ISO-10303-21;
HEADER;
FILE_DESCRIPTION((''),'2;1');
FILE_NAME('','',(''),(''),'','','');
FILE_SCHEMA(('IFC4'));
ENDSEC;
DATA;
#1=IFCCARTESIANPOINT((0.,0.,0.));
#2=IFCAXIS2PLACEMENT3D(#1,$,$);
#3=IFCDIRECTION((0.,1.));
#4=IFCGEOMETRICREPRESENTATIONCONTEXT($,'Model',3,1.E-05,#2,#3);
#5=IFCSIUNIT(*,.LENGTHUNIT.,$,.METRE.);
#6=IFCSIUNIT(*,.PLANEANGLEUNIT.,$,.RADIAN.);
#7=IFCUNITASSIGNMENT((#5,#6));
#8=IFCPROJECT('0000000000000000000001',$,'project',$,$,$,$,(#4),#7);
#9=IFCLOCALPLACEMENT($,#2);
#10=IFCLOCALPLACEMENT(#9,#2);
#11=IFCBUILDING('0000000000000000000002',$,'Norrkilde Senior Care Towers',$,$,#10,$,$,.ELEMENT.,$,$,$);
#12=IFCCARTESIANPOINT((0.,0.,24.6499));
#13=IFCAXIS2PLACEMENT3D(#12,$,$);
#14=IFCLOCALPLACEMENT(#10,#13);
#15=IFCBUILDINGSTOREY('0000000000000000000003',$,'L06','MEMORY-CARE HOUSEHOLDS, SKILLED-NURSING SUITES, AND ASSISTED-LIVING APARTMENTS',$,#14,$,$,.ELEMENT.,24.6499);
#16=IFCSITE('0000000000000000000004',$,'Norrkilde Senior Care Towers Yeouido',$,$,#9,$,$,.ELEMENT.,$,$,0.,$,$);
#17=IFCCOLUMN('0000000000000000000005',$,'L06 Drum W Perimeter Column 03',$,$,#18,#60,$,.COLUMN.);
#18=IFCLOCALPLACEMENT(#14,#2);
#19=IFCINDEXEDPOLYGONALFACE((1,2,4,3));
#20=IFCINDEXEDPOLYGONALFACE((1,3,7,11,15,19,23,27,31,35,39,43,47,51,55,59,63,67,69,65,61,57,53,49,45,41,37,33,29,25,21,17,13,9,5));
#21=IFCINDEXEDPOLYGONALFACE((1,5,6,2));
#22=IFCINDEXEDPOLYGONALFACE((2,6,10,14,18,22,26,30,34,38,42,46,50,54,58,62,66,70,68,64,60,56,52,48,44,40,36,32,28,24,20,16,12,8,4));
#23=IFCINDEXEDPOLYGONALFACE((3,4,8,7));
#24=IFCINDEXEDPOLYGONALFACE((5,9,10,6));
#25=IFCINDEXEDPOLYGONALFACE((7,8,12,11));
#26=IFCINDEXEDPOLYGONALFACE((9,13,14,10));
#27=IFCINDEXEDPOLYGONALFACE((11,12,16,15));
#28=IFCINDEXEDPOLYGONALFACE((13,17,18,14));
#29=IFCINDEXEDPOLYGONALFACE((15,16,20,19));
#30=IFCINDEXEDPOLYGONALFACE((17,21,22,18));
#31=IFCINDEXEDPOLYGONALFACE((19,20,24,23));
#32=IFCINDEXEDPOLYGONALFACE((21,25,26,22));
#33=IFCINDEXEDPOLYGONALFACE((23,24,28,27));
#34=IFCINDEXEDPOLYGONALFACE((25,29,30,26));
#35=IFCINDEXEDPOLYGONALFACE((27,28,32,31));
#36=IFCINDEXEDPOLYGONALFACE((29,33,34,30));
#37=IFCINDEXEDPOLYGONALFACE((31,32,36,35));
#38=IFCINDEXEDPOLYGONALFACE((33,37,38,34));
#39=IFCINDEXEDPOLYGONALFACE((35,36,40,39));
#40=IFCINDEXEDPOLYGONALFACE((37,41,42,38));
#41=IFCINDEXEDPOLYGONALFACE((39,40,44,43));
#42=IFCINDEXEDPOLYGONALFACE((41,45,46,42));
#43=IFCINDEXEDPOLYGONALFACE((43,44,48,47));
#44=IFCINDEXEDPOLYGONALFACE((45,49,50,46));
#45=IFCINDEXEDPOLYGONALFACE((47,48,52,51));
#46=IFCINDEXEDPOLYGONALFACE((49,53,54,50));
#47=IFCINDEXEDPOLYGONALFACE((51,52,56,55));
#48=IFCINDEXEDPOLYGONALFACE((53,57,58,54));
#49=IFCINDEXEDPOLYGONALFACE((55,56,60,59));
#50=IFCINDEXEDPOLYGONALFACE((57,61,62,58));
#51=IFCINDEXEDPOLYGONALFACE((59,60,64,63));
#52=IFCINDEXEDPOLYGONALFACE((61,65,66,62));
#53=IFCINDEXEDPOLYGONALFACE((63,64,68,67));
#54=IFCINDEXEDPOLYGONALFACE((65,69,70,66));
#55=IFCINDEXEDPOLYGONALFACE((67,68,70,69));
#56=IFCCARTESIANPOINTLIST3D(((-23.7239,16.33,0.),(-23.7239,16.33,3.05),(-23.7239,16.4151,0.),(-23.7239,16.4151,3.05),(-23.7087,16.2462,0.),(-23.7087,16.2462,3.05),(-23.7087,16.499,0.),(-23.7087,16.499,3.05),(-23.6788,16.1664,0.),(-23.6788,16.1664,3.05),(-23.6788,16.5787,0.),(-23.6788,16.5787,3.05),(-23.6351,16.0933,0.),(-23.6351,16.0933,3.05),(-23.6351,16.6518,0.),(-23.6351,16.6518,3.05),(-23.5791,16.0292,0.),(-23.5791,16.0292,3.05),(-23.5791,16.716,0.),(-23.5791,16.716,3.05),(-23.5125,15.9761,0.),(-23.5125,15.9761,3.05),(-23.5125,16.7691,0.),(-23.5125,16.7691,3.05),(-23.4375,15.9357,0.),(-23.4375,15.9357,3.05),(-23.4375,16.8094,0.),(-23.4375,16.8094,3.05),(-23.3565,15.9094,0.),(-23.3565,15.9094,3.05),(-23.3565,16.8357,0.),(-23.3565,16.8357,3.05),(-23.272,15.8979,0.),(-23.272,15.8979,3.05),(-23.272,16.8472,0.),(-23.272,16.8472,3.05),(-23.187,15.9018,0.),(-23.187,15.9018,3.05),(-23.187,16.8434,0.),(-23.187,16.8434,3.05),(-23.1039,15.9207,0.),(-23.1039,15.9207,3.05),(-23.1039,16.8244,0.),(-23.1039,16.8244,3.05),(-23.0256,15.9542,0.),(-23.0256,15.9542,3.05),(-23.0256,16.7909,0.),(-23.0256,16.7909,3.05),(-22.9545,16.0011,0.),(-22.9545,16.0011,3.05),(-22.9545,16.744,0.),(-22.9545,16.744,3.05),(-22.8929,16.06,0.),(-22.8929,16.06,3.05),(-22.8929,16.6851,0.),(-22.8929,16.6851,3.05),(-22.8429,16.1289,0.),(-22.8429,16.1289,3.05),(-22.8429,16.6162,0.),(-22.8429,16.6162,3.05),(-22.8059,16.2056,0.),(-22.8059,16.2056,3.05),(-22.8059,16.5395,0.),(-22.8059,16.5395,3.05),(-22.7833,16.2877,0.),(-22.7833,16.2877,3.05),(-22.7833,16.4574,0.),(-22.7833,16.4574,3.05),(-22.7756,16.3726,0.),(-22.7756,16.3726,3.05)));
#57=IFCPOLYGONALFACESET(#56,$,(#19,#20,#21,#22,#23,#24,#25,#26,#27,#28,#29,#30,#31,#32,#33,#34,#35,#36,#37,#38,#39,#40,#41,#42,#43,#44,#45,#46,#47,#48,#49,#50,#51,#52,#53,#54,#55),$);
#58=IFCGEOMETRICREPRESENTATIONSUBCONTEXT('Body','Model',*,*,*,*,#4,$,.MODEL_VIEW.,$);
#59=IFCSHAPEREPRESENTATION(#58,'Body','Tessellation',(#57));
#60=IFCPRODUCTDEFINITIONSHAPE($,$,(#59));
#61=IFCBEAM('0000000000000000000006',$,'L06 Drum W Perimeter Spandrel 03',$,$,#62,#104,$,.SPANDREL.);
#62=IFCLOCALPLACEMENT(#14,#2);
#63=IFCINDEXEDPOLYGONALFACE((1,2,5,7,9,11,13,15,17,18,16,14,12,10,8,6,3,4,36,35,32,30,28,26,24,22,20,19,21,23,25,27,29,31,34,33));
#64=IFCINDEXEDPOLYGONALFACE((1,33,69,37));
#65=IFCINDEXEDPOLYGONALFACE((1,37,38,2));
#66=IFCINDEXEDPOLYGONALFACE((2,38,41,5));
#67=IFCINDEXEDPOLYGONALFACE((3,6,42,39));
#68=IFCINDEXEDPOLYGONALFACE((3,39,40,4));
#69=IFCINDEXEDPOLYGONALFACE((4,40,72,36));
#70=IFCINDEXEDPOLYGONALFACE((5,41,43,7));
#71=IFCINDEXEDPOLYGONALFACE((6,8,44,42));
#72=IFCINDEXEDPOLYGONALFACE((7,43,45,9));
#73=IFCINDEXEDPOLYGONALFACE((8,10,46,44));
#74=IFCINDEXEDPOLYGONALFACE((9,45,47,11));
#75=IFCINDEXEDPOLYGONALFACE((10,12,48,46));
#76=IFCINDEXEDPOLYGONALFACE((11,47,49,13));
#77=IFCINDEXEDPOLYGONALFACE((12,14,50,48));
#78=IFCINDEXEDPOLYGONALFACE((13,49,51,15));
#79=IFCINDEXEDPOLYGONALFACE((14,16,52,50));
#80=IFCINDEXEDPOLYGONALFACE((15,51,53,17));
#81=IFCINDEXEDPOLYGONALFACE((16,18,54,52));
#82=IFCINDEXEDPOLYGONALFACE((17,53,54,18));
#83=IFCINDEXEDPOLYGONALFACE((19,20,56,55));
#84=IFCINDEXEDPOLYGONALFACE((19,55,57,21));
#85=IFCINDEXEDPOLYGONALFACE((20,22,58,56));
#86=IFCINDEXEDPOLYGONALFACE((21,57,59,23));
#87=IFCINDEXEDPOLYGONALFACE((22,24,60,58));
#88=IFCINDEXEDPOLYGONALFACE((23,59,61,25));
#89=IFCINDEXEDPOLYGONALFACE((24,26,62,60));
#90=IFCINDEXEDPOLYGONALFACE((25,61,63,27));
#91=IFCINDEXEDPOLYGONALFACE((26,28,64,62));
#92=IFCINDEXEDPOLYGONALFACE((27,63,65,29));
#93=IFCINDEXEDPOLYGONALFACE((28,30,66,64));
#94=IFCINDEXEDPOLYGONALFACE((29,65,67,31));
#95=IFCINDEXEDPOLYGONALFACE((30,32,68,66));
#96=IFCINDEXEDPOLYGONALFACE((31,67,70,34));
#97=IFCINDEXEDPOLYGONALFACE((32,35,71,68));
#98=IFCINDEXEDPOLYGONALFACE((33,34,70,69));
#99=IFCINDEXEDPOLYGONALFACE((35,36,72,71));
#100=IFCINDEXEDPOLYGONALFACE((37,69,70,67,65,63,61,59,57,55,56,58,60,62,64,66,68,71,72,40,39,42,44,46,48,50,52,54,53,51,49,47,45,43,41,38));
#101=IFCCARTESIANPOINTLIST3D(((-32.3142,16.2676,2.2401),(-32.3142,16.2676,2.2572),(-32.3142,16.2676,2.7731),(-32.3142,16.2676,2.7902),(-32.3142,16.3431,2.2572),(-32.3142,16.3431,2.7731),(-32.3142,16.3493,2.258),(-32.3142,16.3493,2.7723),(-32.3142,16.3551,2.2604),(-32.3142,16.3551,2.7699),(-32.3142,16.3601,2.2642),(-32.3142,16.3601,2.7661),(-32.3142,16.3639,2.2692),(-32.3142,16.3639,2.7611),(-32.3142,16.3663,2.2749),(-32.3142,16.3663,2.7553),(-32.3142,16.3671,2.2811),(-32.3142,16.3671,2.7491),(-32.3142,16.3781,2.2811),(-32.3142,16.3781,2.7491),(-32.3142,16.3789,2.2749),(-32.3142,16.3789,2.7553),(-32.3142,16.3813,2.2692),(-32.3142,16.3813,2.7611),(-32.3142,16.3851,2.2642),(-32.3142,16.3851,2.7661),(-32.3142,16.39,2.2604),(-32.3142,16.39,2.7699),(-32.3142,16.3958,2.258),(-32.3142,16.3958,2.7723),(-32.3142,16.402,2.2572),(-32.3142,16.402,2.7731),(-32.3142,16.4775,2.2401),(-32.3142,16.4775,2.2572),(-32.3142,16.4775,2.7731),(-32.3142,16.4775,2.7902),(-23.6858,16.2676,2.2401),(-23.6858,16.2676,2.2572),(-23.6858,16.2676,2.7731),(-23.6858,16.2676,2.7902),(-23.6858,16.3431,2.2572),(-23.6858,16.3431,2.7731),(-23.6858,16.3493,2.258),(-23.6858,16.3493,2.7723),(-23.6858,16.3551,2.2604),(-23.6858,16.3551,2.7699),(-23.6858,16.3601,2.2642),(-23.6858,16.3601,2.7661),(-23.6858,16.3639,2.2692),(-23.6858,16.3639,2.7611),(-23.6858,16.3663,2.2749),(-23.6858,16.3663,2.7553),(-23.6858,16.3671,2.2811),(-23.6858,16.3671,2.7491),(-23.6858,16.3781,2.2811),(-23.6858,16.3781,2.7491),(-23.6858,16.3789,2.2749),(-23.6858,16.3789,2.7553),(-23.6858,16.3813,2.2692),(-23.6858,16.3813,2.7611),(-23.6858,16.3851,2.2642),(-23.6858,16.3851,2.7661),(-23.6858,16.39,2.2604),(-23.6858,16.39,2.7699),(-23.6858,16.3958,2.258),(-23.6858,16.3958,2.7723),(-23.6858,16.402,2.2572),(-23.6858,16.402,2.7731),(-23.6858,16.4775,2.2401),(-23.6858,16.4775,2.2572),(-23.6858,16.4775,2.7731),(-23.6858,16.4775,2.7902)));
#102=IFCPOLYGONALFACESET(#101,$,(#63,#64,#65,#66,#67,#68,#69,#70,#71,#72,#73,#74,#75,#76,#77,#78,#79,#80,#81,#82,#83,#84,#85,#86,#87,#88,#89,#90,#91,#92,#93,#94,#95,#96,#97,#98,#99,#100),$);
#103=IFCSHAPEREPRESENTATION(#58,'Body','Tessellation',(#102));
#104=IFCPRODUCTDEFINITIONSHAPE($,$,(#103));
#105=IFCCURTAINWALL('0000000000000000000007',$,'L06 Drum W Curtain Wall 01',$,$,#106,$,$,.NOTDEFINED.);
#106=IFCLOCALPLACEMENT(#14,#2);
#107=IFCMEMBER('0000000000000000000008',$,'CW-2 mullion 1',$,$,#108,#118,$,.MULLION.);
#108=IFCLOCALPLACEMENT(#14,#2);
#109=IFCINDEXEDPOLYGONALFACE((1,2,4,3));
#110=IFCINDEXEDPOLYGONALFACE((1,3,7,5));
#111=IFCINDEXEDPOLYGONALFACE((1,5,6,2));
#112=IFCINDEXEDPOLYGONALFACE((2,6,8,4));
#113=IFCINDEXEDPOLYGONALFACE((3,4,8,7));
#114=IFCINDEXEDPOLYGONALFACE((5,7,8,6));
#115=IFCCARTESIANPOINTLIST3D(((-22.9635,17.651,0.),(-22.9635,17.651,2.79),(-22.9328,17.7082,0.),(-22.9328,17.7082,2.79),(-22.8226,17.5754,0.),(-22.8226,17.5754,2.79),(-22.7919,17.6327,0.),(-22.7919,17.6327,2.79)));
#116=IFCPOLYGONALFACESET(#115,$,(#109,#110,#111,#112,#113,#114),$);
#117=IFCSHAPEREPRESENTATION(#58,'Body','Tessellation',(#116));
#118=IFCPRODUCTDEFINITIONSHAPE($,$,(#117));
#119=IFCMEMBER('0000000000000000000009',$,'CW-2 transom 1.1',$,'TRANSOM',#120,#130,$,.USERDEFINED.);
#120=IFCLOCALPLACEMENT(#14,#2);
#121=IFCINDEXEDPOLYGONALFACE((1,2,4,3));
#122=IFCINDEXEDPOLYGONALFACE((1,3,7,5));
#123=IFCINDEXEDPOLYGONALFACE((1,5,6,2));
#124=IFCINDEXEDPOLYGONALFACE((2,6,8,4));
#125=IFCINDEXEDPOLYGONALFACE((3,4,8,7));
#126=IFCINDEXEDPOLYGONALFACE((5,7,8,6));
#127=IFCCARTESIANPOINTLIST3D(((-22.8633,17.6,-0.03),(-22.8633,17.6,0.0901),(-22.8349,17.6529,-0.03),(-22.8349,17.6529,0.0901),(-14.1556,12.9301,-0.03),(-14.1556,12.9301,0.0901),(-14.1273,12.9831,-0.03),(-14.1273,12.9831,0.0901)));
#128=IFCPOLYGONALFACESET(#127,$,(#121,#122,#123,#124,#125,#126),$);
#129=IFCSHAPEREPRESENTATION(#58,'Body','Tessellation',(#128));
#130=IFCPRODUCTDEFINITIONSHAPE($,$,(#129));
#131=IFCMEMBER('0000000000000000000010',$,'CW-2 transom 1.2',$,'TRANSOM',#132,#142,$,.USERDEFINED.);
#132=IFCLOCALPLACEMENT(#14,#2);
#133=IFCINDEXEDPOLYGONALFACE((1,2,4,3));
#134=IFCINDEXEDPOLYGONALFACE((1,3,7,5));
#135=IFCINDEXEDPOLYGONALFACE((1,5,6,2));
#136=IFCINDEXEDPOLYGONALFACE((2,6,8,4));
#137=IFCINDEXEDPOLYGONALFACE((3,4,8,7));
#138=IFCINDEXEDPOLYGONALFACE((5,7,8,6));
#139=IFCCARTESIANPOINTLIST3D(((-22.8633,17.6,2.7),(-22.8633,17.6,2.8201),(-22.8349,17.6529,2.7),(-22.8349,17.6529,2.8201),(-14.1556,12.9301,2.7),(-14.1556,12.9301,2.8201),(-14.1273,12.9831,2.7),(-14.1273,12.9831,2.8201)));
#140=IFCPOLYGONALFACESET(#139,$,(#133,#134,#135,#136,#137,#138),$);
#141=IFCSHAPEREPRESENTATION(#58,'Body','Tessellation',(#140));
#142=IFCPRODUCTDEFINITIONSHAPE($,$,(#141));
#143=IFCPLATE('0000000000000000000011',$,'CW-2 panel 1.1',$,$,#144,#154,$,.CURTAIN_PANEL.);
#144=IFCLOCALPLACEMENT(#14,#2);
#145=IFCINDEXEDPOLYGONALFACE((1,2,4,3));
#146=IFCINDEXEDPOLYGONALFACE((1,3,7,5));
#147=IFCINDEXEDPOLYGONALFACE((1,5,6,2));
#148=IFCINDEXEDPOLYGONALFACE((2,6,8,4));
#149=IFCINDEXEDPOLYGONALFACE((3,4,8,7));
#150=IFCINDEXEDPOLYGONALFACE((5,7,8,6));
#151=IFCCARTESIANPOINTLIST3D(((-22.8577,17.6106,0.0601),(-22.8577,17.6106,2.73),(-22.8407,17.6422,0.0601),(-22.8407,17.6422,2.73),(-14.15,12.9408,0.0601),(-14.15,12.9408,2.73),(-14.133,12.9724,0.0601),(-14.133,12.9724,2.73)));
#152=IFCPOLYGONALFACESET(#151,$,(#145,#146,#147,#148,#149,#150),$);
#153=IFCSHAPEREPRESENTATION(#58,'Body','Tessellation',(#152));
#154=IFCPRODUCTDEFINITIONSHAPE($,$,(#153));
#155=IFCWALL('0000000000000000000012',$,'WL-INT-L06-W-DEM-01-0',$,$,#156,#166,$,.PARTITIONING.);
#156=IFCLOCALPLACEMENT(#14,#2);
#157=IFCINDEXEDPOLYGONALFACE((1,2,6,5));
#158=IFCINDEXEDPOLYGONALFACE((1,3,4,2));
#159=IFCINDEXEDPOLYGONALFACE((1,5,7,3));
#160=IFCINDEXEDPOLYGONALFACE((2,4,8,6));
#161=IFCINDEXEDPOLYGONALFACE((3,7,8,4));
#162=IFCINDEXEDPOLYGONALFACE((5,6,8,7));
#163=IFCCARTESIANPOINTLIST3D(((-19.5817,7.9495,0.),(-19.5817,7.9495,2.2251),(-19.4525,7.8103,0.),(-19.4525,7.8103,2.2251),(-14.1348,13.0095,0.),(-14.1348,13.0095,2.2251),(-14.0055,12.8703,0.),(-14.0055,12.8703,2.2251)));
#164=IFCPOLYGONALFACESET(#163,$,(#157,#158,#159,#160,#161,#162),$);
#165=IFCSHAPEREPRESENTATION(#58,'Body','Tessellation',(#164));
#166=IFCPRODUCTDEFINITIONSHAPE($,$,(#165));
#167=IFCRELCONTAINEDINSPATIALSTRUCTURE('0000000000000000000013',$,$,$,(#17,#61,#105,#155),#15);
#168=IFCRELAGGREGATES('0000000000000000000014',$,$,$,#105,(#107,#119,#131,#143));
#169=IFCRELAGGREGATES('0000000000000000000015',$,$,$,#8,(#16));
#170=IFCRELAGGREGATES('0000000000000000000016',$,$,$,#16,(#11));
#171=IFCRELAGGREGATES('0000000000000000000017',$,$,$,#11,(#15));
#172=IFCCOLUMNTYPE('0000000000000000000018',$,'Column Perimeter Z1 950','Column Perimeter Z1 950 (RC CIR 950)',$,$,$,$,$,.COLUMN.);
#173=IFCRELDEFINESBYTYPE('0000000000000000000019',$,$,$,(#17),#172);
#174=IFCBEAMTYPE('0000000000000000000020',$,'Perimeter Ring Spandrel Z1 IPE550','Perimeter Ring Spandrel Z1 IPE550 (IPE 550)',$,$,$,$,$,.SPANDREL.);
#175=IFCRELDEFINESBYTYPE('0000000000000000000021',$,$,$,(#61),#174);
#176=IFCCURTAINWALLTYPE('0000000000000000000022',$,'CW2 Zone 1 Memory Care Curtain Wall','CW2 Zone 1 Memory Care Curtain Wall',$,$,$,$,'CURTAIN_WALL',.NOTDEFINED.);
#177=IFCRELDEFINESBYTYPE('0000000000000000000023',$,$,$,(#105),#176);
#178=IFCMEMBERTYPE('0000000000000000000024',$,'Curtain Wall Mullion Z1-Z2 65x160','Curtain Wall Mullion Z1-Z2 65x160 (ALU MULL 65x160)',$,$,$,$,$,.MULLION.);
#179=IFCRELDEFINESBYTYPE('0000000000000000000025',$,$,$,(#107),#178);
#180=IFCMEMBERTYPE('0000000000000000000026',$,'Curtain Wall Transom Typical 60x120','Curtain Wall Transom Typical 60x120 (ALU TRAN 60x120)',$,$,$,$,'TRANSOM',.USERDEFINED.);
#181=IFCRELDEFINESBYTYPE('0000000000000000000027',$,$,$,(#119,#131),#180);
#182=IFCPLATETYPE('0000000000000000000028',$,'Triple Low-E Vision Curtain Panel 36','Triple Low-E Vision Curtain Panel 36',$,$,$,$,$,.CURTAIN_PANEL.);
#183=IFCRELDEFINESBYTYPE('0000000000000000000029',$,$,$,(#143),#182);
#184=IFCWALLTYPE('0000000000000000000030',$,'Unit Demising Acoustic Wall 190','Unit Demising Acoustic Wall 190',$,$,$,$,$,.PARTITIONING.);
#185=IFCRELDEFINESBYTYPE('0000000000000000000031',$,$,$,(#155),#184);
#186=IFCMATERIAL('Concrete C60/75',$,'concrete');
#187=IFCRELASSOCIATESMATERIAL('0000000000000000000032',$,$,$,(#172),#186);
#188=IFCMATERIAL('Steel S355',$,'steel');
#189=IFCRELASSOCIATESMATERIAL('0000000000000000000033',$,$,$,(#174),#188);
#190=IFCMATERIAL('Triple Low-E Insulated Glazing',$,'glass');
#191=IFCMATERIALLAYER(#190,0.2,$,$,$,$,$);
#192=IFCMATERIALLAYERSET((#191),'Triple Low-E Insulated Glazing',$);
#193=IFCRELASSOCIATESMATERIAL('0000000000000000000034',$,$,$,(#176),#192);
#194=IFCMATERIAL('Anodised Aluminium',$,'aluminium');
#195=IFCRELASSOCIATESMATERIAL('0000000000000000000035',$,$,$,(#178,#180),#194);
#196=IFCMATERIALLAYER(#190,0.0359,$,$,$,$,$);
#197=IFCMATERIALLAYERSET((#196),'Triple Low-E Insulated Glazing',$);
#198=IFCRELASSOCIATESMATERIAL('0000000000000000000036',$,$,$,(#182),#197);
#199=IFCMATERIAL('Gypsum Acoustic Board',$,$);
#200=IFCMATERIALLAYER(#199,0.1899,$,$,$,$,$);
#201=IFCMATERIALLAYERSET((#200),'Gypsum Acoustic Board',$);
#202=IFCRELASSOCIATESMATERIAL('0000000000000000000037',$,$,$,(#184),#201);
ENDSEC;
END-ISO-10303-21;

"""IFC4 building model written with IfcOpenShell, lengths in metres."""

from ifc_helpers import new_model, si_unit, direction, frame, frame_2d, origin, origin_2d, place, context, subcontext, project, spatial, rectangle, circle, i_section, extrude, source, transform, mapped, material, layer, layer_set, material_profile, profile_set, type_object, type_shapes, element, aggregate, save


model = new_model("IFC4")

# Units and contexts
model_context = context("Model", 3, precision=1e-05, world=origin(), true_north=direction((0.0, 1.0)))
body_context = subcontext(model_context, "Body", "Model", "MODEL_VIEW")
ifc_project = project(units=[si_unit("LENGTHUNIT", "METRE"), si_unit("PLANEANGLEUNIT", "RADIAN")], contexts=[model_context])

# Site, building, storey
site_placement = place(None, origin())
site = spatial("IfcSite", under=ifc_project, at=site_placement, Name="Norrkilde Senior Care Towers Yeouido", CompositionType="ELEMENT", RefElevation=0.0)
building_placement = place(site_placement, origin())
building = spatial("IfcBuilding", under=site, at=building_placement, Name="Norrkilde Senior Care Towers", CompositionType="ELEMENT")
storey_placement = place(building_placement, frame((0.0, 0.0, 24.6499)))
storey = spatial("IfcBuildingStorey", under=building, at=storey_placement, Name="L06", Description="MEMORY-CARE HOUSEHOLDS, SKILLED-NURSING SUITES, AND ASSISTED-LIVING APARTMENTS", CompositionType="ELEMENT", Elevation=24.6499)

# Column
ifc_material_1 = material(Name="Concrete C60/75", Category="concrete")
ifc_material_profile_1 = material_profile(ifc_material_1, circle(Radius=0.4751, at=origin_2d()), Name="RC CIR 950")
ifc_profile_set_1 = profile_set([ifc_material_profile_1], Name="Concrete C60/75")
column_type = type_object("IfcColumnType", Name="Column Perimeter Z1 950", Description="Column Perimeter Z1 950 (RC CIR 950)", PredefinedType="COLUMN", material=ifc_profile_set_1)
shared_shape_1 = source(origin(), body_context, "Body", "SweptSolid", [
    extrude(circle(Radius=0.4751, at=origin_2d()), origin(), (0.0, 0.0, 1.0), 3.05),
])
type_shapes(column_type, [shared_shape_1])
column_placement = place(storey_placement, frame((-23.2507, 16.3726, 0.0), z_axis=(0.0, 0.0, 1.0), x_axis=(1.0, 0.0, 0.0)))
element("IfcColumn", 1, at=column_placement, inside=storey, type_object=column_type, Name="L06 Drum W Perimeter Column 03", PredefinedType="COLUMN", context=body_context, shape_type="MappedRepresentation", body=[
    mapped(shared_shape_1, transform((0.0, 0.0, 0.0), x_axis=(1.0, 0.0, 0.0), y_axis=(0.0, 1.0, 0.0), z_axis=(0.0, 0.0, 1.0), scale=1.0)),
])

# Beam
ifc_material_2 = material(Name="Steel S355", Category="steel")
ifc_material_profile_2 = material_profile(ifc_material_2, i_section(OverallWidth=0.21, OverallDepth=0.55, WebThickness=0.011, FlangeThickness=0.0171, FilletRadius=0.0239, at=origin_2d()), Name="IPE 550")
ifc_profile_set_2 = profile_set([ifc_material_profile_2], Name="Steel S355")
beam_type = type_object("IfcBeamType", Name="Perimeter Ring Spandrel Z1 IPE550", Description="Perimeter Ring Spandrel Z1 IPE550 (IPE 550)", PredefinedType="SPANDREL", material=ifc_profile_set_2)
shared_shape_2 = source(origin(), body_context, "Body", "SweptSolid", [
    extrude(i_section(OverallWidth=0.21, OverallDepth=0.55, WebThickness=0.011, FlangeThickness=0.0171, FilletRadius=0.0239, at=origin_2d()), origin(), (0.0, 0.0, 1.0), 8.6284),
])
type_shapes(beam_type, [shared_shape_2])
beam_placement = place(storey_placement, frame((-23.6858, 16.3726, 2.5151), z_axis=(-1.0, 0.0, 0.0), x_axis=(0.0, -1.0, 0.0)))
element("IfcBeam", 2, at=beam_placement, inside=storey, type_object=beam_type, Name="L06 Drum W Perimeter Spandrel 03", PredefinedType="SPANDREL", context=body_context, shape_type="MappedRepresentation", body=[
    mapped(shared_shape_2, transform((0.0, 0.0, 0.0), x_axis=(1.0, 0.0, 0.0), y_axis=(0.0, 1.0, 0.0), z_axis=(0.0, 0.0, 1.0), scale=1.0)),
])

# Curtain wall, members, plate
ifc_material_3 = material(Name="Triple Low-E Insulated Glazing", Category="glass")
ifc_layer_1 = layer(ifc_material_3, 0.2)
ifc_layer_set_1 = layer_set([ifc_layer_1], Name="Triple Low-E Insulated Glazing")
curtain_wall_type = type_object("IfcCurtainWallType", Name="CW2 Zone 1 Memory Care Curtain Wall", Description="CW2 Zone 1 Memory Care Curtain Wall", ElementType="CURTAIN_WALL", PredefinedType="NOTDEFINED", material=ifc_layer_set_1)
curtain_wall_placement = place(storey_placement, origin())
curtain_wall = element("IfcCurtainWall", 3, at=curtain_wall_placement, inside=storey, type_object=curtain_wall_type, Name="L06 Drum W Curtain Wall 01", PredefinedType="NOTDEFINED")
ifc_material_4 = material(Name="Anodised Aluminium", Category="aluminium")
ifc_material_profile_3 = material_profile(ifc_material_4, rectangle(XDim=0.0649, YDim=0.1599, at=origin_2d()), Name="ALU MULL 65x160")
ifc_profile_set_3 = profile_set([ifc_material_profile_3], Name="Anodised Aluminium")
member_type_1 = type_object("IfcMemberType", Name="Curtain Wall Mullion Z1-Z2 65x160", Description="Curtain Wall Mullion Z1-Z2 65x160 (ALU MULL 65x160)", PredefinedType="MULLION", material=ifc_profile_set_3)
shared_shape_3 = source(origin(), body_context, "Body", "SweptSolid", [
    extrude(rectangle(XDim=0.0649, YDim=0.1599, at=origin_2d()), origin(), (0.0, 0.0, 1.0), 2.79),
])
type_shapes(member_type_1, [shared_shape_3])
member_1_placement = place(storey_placement, frame((-22.8777, 17.6418, 0.0), z_axis=(0.0, 0.0, 1.0), x_axis=(0.472608, 0.881273, 0.0)))
member_1 = element("IfcMember", 4, at=member_1_placement, type_object=member_type_1, Name="CW-2 mullion 1", PredefinedType="MULLION", context=body_context, shape_type="MappedRepresentation", body=[
    mapped(shared_shape_3, transform((0.0, 0.0, 0.0), x_axis=(1.0, 0.0, 0.0), y_axis=(0.0, 1.0, 0.0), z_axis=(0.0, 0.0, 1.0), scale=1.0)),
])
ifc_material_profile_4 = material_profile(ifc_material_4, rectangle(XDim=0.0601, YDim=0.1201, at=origin_2d()), Name="ALU TRAN 60x120")
ifc_profile_set_4 = profile_set([ifc_material_profile_4], Name="Anodised Aluminium")
member_type_2 = type_object("IfcMemberType", Name="Curtain Wall Transom Typical 60x120", Description="Curtain Wall Transom Typical 60x120 (ALU TRAN 60x120)", ElementType="TRANSOM", PredefinedType="USERDEFINED", material=ifc_profile_set_4)
shared_shape_4 = source(origin(), body_context, "Body", "SweptSolid", [
    extrude(rectangle(XDim=0.0601, YDim=0.1201, at=origin_2d()), origin(), (0.0, 0.0, 1.0), 9.8809),
])
type_shapes(member_type_2, [shared_shape_4])
member_2_placement = place(storey_placement, frame((-22.8491, 17.6265, 0.03), z_axis=(0.881267, -0.472618, 0.0), x_axis=(0.472618, 0.881267, 0.0)))
member_2 = element("IfcMember", 5, at=member_2_placement, type_object=member_type_2, Name="CW-2 transom 1.1", ObjectType="TRANSOM", PredefinedType="USERDEFINED", context=body_context, shape_type="MappedRepresentation", body=[
    mapped(shared_shape_4, transform((0.0, 0.0, 0.0), x_axis=(1.0, 0.0, 0.0), y_axis=(0.0, 1.0, 0.0), z_axis=(0.0, 0.0, 1.0), scale=1.0)),
])
member_3_placement = place(storey_placement, frame((-22.8491, 17.6265, 2.76), z_axis=(0.881267, -0.472618, 0.0), x_axis=(0.472618, 0.881267, 0.0)))
member_3 = element("IfcMember", 6, at=member_3_placement, type_object=member_type_2, Name="CW-2 transom 1.2", ObjectType="TRANSOM", PredefinedType="USERDEFINED", context=body_context, shape_type="MappedRepresentation", body=[
    mapped(shared_shape_4, transform((0.0, 0.0, 0.0), x_axis=(1.0, 0.0, 0.0), y_axis=(0.0, 1.0, 0.0), z_axis=(0.0, 0.0, 1.0), scale=1.0)),
])
ifc_layer_2 = layer(ifc_material_3, 0.0359)
ifc_layer_set_2 = layer_set([ifc_layer_2], Name="Triple Low-E Insulated Glazing")
plate_type = type_object("IfcPlateType", Name="Triple Low-E Vision Curtain Panel 36", Description="Triple Low-E Vision Curtain Panel 36", PredefinedType="CURTAIN_PANEL", material=ifc_layer_set_2)
shared_shape_5 = source(origin(), body_context, "Body", "SweptSolid", [
    extrude(rectangle(XDim=9.8809, YDim=0.0359, at=origin_2d()), origin(), (0.0, 0.0, 1.0), 2.6699),
])
type_shapes(plate_type, [shared_shape_5])
plate_placement = place(storey_placement, frame((-18.4954, 15.2915, 0.0601), z_axis=(0.0, 0.0, 1.0), x_axis=(0.881273, -0.472608, 0.0)))
plate = element("IfcPlate", 7, at=plate_placement, type_object=plate_type, Name="CW-2 panel 1.1", PredefinedType="CURTAIN_PANEL", context=body_context, shape_type="MappedRepresentation", body=[
    mapped(shared_shape_5, transform((0.0, 0.0, 0.0), x_axis=(1.0, 0.0, 0.0), y_axis=(0.0, 1.0, 0.0), z_axis=(0.0, 0.0, 1.0), scale=1.0)),
])
aggregate(curtain_wall, [member_1, member_2, member_3, plate])

# Wall
ifc_material_5 = material(Name="Gypsum Acoustic Board")
ifc_layer_3 = layer(ifc_material_5, 0.1899)
ifc_layer_set_3 = layer_set([ifc_layer_3], Name="Gypsum Acoustic Board")
wall_type_1 = type_object("IfcWallType", Name="Unit Demising Acoustic Wall 190", Description="Unit Demising Acoustic Wall 190", PredefinedType="PARTITIONING", material=ifc_layer_set_3)
shared_shape_6 = source(origin(), body_context, "Body", "SweptSolid", [
    extrude(rectangle(XDim=7.4346, YDim=0.1899, at=frame_2d((3.7173, 0.0))), origin(), (0.0, 0.0, 1.0), 2.2251),
])
wall_1_placement = place(storey_placement, frame((-19.5171, 7.8799, 0.0), z_axis=(0.0, 0.0, 1.0), x_axis=(0.732652, 0.680603, 0.0)))
element("IfcWall", 8, at=wall_1_placement, inside=storey, type_object=wall_type_1, Name="WL-INT-L06-W-DEM-01-0", PredefinedType="PARTITIONING", context=body_context, shape_type="MappedRepresentation", body=[
    mapped(shared_shape_6, transform((0.0, 0.0, 0.0), x_axis=(1.0, 0.0, 0.0), y_axis=(0.0, 1.0, 0.0), z_axis=(0.0, 0.0, 1.0), scale=1.0)),
])

save(model, "model.ifc")
